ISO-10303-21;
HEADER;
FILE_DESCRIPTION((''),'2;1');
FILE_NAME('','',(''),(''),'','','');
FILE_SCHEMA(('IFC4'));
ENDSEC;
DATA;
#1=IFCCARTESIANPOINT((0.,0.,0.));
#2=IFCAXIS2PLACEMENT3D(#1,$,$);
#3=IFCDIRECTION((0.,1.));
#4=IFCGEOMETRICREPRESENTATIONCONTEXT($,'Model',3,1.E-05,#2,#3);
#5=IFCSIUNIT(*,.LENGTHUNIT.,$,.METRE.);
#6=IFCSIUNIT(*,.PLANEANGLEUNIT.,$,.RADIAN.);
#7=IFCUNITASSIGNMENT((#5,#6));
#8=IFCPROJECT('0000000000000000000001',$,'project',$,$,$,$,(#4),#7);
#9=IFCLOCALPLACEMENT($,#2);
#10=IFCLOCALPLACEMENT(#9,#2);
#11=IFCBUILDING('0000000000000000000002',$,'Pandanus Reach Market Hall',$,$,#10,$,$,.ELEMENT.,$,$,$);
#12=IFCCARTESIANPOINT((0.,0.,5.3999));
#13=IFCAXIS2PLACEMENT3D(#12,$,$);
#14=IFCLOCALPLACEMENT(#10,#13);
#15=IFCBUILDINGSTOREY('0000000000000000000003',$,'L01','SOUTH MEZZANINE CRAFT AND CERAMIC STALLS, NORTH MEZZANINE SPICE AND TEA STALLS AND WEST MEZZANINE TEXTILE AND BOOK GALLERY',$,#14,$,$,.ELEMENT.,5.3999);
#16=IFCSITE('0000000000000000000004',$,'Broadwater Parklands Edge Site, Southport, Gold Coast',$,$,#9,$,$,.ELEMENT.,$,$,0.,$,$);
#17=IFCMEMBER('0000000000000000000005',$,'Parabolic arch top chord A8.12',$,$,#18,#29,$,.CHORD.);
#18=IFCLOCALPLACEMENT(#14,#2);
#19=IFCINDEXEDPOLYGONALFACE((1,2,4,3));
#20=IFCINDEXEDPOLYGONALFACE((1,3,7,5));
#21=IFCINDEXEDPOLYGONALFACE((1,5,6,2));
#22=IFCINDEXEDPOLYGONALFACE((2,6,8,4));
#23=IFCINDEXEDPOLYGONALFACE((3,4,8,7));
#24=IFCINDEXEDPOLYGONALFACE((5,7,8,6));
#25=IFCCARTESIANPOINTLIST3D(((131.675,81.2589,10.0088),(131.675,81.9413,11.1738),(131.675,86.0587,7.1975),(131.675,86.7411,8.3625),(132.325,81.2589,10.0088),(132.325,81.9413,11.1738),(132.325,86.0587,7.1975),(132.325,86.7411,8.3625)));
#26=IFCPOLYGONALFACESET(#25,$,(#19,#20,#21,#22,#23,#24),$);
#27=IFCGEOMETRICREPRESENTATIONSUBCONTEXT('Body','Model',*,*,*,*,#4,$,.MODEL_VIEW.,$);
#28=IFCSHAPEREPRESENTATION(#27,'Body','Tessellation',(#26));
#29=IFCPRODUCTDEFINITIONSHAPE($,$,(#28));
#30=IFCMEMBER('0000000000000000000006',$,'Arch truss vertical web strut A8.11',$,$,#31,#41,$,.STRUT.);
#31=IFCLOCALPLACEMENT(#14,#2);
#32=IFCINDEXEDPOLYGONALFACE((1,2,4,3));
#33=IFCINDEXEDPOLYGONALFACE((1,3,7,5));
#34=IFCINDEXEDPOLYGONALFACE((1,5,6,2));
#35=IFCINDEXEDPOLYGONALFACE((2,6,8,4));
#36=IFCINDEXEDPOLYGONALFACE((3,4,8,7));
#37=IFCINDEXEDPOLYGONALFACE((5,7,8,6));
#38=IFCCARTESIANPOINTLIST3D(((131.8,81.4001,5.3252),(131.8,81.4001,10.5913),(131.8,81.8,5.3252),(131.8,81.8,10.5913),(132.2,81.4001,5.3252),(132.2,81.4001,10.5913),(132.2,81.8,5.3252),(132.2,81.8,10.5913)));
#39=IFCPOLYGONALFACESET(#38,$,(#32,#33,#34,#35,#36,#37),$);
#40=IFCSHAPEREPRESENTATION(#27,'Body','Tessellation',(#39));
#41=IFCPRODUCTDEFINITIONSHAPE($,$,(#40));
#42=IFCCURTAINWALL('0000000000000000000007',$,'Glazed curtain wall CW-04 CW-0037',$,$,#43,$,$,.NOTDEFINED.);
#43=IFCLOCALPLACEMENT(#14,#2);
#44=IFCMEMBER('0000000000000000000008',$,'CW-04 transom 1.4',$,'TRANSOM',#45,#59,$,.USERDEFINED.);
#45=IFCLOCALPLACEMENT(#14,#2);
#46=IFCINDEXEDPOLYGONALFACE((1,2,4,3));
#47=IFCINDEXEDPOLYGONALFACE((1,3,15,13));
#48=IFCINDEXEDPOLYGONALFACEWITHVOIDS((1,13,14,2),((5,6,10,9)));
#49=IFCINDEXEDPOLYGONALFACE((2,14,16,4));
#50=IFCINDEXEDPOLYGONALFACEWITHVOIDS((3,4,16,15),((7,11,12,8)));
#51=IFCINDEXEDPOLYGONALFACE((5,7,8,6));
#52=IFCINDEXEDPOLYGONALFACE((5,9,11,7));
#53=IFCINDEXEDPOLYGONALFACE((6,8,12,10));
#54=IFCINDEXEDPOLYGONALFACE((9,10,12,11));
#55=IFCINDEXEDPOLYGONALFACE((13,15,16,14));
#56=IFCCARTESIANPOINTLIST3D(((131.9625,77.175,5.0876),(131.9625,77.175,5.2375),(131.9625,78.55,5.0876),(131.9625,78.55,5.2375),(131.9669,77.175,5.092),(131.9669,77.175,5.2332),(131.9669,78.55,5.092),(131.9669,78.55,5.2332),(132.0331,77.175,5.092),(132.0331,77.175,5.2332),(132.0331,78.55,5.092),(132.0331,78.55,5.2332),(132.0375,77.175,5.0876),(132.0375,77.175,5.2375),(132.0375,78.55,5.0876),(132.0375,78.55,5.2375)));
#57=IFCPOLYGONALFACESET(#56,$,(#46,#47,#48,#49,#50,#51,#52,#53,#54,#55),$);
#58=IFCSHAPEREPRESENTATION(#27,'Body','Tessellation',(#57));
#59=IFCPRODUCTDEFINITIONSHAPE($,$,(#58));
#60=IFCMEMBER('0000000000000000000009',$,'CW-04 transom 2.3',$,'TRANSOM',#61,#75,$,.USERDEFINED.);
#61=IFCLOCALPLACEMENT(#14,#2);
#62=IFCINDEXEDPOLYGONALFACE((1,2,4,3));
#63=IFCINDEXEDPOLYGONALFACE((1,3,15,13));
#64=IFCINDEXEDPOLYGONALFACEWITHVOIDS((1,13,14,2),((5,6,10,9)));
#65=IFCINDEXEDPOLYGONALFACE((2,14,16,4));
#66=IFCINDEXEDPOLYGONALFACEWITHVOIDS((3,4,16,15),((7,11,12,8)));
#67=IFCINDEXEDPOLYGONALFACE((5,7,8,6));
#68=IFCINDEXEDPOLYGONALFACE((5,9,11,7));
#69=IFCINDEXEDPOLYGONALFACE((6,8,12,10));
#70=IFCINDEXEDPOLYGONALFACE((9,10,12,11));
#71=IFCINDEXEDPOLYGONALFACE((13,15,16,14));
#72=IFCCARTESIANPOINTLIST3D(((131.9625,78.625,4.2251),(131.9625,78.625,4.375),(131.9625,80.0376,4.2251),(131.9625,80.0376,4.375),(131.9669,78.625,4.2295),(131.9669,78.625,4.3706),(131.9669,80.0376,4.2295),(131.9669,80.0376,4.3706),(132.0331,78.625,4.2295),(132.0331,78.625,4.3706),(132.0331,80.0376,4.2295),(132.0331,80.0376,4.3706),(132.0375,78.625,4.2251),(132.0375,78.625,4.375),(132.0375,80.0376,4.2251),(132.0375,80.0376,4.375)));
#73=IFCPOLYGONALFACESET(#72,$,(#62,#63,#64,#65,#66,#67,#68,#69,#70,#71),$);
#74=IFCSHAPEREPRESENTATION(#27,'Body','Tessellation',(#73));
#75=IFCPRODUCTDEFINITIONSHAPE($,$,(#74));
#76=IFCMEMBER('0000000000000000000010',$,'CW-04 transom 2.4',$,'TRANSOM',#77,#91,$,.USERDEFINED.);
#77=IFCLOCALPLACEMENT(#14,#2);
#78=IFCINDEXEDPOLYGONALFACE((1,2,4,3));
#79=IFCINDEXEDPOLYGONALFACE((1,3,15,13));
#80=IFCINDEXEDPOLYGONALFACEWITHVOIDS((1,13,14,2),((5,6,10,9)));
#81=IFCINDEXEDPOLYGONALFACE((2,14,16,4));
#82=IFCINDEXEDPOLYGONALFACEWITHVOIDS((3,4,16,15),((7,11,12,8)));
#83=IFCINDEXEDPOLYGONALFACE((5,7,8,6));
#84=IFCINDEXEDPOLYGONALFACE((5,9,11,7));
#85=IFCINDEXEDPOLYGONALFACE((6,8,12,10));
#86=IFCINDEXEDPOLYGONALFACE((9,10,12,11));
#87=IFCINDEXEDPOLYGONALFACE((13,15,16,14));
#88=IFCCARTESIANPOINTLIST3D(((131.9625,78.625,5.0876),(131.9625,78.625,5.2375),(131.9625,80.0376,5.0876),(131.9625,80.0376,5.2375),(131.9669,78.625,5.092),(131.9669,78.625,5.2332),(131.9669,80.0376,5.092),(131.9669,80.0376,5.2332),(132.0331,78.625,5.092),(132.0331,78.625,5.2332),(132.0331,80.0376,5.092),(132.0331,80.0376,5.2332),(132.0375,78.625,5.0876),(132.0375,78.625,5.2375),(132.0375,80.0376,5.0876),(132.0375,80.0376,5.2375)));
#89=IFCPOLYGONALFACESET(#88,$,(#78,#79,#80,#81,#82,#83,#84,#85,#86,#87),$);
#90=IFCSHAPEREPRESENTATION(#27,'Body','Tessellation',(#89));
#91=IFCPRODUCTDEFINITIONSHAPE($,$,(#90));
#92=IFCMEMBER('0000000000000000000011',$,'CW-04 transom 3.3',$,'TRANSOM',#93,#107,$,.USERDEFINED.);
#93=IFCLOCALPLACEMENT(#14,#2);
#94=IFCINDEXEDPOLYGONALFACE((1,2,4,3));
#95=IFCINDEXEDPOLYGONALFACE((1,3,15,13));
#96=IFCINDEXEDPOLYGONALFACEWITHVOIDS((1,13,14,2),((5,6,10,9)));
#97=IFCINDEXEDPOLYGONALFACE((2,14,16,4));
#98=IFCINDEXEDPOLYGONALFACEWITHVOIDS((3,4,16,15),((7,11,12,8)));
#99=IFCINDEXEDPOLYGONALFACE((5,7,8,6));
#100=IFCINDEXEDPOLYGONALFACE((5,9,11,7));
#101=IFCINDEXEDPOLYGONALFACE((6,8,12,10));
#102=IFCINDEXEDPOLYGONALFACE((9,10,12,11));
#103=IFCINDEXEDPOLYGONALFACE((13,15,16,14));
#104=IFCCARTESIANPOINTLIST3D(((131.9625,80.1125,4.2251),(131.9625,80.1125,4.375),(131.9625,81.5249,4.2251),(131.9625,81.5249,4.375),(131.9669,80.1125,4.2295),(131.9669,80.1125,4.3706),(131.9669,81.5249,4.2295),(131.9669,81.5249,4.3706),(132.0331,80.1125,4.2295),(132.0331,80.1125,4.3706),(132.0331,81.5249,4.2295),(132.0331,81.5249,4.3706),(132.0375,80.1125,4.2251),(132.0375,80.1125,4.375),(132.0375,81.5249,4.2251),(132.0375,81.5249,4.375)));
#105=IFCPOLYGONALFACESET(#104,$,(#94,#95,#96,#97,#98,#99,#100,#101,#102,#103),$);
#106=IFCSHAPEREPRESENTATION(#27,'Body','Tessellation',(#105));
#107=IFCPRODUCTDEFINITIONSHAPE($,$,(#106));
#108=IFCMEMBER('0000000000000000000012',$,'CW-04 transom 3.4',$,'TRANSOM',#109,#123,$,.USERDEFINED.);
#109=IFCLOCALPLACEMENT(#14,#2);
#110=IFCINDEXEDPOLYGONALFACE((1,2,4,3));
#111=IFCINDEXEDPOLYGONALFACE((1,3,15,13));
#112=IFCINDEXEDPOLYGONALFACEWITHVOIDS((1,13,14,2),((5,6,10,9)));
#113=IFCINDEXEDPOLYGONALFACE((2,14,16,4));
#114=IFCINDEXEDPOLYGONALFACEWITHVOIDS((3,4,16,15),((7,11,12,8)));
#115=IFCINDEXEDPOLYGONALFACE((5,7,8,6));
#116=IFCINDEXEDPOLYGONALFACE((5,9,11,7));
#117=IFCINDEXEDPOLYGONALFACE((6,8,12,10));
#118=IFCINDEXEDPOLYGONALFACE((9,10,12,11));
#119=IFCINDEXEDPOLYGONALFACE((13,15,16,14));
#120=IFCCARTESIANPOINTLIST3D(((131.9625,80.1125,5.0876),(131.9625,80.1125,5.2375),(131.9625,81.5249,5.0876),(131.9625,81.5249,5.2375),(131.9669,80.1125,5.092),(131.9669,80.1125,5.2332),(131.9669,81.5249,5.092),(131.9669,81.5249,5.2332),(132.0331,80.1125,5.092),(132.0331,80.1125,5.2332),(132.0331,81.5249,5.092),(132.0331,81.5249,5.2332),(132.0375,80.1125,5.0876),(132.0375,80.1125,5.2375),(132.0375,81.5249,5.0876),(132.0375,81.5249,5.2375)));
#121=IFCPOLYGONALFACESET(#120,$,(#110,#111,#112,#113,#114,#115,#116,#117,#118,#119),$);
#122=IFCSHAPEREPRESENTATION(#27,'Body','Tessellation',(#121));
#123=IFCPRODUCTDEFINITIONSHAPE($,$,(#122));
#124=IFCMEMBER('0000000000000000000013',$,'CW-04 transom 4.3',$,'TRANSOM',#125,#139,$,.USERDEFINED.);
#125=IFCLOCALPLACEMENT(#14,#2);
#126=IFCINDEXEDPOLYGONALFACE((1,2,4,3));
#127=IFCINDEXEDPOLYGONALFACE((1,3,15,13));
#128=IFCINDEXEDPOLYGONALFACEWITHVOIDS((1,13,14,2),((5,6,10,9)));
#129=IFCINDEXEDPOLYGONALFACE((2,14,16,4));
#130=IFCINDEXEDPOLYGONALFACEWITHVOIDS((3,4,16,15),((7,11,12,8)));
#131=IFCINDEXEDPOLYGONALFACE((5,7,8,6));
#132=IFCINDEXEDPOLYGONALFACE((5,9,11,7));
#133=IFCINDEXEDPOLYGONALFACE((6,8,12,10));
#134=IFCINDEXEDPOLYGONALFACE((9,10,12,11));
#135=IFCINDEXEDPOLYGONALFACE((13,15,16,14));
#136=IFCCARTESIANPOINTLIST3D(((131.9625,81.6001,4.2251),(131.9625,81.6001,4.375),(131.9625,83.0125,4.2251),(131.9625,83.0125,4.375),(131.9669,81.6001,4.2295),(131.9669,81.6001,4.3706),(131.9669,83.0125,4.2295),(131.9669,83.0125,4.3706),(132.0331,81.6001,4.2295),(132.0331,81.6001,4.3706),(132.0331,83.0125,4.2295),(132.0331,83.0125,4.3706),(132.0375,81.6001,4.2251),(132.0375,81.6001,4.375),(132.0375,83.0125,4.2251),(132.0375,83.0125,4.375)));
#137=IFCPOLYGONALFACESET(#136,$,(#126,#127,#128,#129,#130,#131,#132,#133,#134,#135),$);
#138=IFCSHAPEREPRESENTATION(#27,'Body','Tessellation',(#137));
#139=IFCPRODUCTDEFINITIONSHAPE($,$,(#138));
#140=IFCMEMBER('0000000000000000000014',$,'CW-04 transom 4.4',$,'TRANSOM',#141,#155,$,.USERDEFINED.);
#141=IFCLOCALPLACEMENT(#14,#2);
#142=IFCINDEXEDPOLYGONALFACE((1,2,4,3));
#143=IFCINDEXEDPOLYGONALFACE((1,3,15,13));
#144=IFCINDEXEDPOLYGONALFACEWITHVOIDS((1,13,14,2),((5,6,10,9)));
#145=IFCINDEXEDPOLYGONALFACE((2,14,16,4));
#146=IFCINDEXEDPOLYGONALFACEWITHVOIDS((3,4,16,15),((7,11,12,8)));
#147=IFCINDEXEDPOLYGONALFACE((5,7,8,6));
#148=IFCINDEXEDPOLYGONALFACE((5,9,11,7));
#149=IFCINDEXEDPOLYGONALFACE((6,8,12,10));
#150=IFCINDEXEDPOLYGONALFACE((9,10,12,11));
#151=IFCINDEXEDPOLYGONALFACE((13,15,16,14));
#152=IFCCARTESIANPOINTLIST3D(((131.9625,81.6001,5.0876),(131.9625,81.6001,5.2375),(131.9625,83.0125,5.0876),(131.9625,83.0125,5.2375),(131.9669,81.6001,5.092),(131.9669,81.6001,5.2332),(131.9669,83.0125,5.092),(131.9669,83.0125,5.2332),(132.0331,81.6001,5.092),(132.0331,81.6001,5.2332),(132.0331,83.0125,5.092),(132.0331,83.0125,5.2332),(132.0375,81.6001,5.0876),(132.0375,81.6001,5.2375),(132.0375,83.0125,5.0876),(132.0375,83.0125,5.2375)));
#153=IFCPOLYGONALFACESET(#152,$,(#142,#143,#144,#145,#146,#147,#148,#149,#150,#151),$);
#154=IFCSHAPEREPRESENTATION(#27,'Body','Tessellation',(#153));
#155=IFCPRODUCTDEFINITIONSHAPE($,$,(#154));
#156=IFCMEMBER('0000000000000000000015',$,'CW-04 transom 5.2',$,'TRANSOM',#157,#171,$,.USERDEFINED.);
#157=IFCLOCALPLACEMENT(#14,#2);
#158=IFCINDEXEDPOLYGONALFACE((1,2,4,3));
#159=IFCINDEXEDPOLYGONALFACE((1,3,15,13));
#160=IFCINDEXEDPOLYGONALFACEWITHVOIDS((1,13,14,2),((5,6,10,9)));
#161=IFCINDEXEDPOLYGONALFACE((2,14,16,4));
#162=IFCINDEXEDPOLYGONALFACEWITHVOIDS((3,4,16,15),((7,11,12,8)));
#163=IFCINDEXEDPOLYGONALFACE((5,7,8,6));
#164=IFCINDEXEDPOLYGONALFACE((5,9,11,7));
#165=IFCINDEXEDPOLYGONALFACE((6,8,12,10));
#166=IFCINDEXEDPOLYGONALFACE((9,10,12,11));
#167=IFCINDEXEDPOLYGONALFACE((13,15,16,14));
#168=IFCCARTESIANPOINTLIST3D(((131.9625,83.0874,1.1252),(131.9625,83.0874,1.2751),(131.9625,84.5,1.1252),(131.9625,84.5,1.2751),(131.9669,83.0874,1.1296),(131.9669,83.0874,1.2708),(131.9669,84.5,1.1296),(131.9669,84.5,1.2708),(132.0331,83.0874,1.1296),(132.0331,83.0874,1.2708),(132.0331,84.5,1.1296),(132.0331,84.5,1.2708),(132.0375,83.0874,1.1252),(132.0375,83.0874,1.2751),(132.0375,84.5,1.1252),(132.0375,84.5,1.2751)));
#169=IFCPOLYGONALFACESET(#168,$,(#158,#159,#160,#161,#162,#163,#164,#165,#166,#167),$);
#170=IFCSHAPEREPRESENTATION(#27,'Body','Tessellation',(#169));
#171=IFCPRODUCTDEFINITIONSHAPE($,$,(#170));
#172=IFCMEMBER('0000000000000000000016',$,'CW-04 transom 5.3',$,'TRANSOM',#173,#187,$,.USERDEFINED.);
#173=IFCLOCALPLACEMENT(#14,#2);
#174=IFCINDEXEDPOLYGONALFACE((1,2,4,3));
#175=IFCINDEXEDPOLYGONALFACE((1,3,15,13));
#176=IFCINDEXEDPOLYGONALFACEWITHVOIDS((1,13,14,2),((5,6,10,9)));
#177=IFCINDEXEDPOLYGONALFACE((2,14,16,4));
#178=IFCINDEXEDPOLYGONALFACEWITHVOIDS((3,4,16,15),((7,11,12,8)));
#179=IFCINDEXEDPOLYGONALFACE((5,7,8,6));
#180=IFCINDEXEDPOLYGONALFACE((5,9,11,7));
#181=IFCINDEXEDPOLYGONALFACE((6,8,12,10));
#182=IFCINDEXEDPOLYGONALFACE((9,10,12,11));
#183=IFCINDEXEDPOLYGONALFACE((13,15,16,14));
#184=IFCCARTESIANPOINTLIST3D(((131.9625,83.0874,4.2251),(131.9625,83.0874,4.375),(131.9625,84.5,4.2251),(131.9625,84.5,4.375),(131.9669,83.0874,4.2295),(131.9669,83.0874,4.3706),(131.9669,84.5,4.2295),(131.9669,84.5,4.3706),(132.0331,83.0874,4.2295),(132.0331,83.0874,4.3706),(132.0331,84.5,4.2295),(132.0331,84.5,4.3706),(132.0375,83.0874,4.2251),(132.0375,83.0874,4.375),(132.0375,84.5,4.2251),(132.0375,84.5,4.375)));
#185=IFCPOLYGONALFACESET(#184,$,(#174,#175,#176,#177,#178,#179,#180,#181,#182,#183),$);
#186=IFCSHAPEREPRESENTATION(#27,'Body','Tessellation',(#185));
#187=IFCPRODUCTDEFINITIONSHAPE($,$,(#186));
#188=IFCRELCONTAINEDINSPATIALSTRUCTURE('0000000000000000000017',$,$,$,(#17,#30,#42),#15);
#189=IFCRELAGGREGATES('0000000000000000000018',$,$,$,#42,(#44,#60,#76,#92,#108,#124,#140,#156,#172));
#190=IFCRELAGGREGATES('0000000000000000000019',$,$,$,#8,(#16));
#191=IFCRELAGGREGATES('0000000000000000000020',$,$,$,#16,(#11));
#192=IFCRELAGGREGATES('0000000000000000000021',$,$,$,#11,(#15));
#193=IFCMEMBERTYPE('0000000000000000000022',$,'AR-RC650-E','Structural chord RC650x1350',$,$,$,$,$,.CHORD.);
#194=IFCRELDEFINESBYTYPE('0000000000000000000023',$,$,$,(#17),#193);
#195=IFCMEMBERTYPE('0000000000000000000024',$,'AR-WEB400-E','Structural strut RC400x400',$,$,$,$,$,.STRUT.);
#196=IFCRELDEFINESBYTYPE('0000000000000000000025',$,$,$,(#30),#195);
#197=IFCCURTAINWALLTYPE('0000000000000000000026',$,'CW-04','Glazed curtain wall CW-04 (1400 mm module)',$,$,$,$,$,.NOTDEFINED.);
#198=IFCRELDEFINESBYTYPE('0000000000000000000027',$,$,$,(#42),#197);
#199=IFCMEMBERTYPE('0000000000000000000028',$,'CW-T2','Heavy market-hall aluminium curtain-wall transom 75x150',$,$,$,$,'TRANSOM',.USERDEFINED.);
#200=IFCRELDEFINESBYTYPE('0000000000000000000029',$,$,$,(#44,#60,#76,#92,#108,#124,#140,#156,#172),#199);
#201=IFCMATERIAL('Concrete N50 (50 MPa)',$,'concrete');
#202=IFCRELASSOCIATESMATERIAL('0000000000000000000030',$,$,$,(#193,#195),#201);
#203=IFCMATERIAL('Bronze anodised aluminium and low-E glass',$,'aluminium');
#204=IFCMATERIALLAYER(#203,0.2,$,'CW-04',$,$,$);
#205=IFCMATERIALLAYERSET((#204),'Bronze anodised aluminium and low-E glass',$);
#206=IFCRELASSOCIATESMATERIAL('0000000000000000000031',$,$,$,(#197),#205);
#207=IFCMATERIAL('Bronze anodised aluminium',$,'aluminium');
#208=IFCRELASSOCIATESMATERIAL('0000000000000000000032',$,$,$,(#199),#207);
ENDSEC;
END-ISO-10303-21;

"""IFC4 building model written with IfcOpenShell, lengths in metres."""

from ifc_helpers import new_model, si_unit, direction, frame, origin, origin_2d, place, context, subcontext, project, spatial, rectangle, hollow_rectangle, extrude, material, layer, layer_set, material_profile, profile_set, type_object, element, aggregate, save


model = new_model("IFC4")

# Units and contexts
model_context = context("Model", 3, precision=1e-05, world=origin(), true_north=direction((0.0, 1.0)))
body_context = subcontext(model_context, "Body", "Model", "MODEL_VIEW")
ifc_project = project(units=[si_unit("LENGTHUNIT", "METRE"), si_unit("PLANEANGLEUNIT", "RADIAN")], contexts=[model_context])

# Site, building, storey
site_placement = place(None, origin())
site = spatial("IfcSite", under=ifc_project, at=site_placement, Name="Broadwater Parklands Edge Site, Southport, Gold Coast", CompositionType="ELEMENT", RefElevation=0.0)
building_placement = place(site_placement, origin())
building = spatial("IfcBuilding", under=site, at=building_placement, Name="Pandanus Reach Market Hall", CompositionType="ELEMENT")
storey_placement = place(building_placement, frame((0.0, 0.0, 5.3999)))
storey = spatial("IfcBuildingStorey", under=building, at=storey_placement, Name="L01", Description="SOUTH MEZZANINE CRAFT AND CERAMIC STALLS, NORTH MEZZANINE SPICE AND TEA STALLS AND WEST MEZZANINE TEXTILE AND BOOK GALLERY", CompositionType="ELEMENT", Elevation=5.3999)

# Members
ifc_material_1 = material(Name="Concrete N50 (50 MPa)", Category="concrete")
ifc_material_profile_1 = material_profile(ifc_material_1, rectangle(XDim=0.6499, YDim=1.3501, at=origin_2d()), Name="RC650x1350", Category="LoadBearing")
ifc_profile_set_1 = profile_set([ifc_material_profile_1], Name="Concrete N50 (50 MPa)")
member_type_1 = type_object("IfcMemberType", Name="AR-RC650-E", Description="Structural chord RC650x1350", PredefinedType="CHORD", material=ifc_profile_set_1)
member_1_placement = place(storey_placement, frame((132.0, 81.6001, 10.5913), z_axis=(0.0, 0.862886, -0.505398), x_axis=(-1.0, 0.0, 0.0)))
element("IfcMember", 1, at=member_1_placement, inside=storey, type_object=member_type_1, Name="Parabolic arch top chord A8.12", PredefinedType="CHORD", context=body_context, shape_type="SweptSolid", body=[
    extrude(rectangle(XDim=0.6499, YDim=1.3501, at=origin_2d()), origin(), (0.0, 0.0, 1.0), 5.5625),
])
ifc_material_profile_2 = material_profile(ifc_material_1, rectangle(XDim=0.3999, YDim=0.3999, at=origin_2d()), Name="RC400x400", Category="LoadBearing")
ifc_profile_set_2 = profile_set([ifc_material_profile_2], Name="Concrete N50 (50 MPa)")
member_type_2 = type_object("IfcMemberType", Name="AR-WEB400-E", Description="Structural strut RC400x400", PredefinedType="STRUT", material=ifc_profile_set_2)
member_2_placement = place(storey_placement, frame((132.0, 81.6001, 5.3252), z_axis=(0.0, 0.0, 1.0), x_axis=(1.0, 0.0, 0.0)))
element("IfcMember", 2, at=member_2_placement, inside=storey, type_object=member_type_2, Name="Arch truss vertical web strut A8.11", PredefinedType="STRUT", context=body_context, shape_type="SweptSolid", body=[
    extrude(rectangle(XDim=0.3999, YDim=0.3999, at=origin_2d()), origin(), (0.0, 0.0, 1.0), 5.2661),
])

# Curtain wall, members
ifc_material_2 = material(Name="Bronze anodised aluminium and low-E glass", Category="aluminium")
ifc_layer_1 = layer(ifc_material_2, 0.2, Name="CW-04")
ifc_layer_set_1 = layer_set([ifc_layer_1], Name="Bronze anodised aluminium and low-E glass")
curtain_wall_type = type_object("IfcCurtainWallType", Name="CW-04", Description="Glazed curtain wall CW-04 (1400 mm module)", PredefinedType="NOTDEFINED", material=ifc_layer_set_1)
curtain_wall_placement = place(storey_placement, origin())
curtain_wall = element("IfcCurtainWall", 3, at=curtain_wall_placement, inside=storey, type_object=curtain_wall_type, Name="Glazed curtain wall CW-04 CW-0037", PredefinedType="NOTDEFINED")
ifc_material_3 = material(Name="Bronze anodised aluminium", Category="aluminium")
ifc_material_profile_3 = material_profile(ifc_material_3, hollow_rectangle(XDim=0.075, YDim=0.1499, WallThickness=0.0044, at=origin_2d()), Name="ALU75x150", Category="LoadBearing")
ifc_profile_set_3 = profile_set([ifc_material_profile_3], Name="Bronze anodised aluminium")
member_type_3 = type_object("IfcMemberType", Name="CW-T2", Description="Heavy market-hall aluminium curtain-wall transom 75x150", ElementType="TRANSOM", PredefinedType="USERDEFINED", material=ifc_profile_set_3)
member_3_placement = place(storey_placement, frame((132.0, 77.175, 5.1626), z_axis=(0.0, 1.0, 0.0), x_axis=(-1.0, 0.0, 0.0)))
member_3 = element("IfcMember", 4, at=member_3_placement, type_object=member_type_3, Name="CW-04 transom 1.4", ObjectType="TRANSOM", PredefinedType="USERDEFINED", context=body_context, shape_type="SweptSolid", body=[
    extrude(hollow_rectangle(XDim=0.075, YDim=0.1499, WallThickness=0.0044, at=origin_2d()), origin(), (0.0, 0.0, 1.0), 1.375),
])
member_4_placement = place(storey_placement, frame((132.0, 78.625, 4.3), z_axis=(0.0, 1.0, 0.0), x_axis=(-1.0, 0.0, 0.0)))
member_4 = element("IfcMember", 5, at=member_4_placement, type_object=member_type_3, Name="CW-04 transom 2.3", ObjectType="TRANSOM", PredefinedType="USERDEFINED", context=body_context, shape_type="SweptSolid", body=[
    extrude(hollow_rectangle(XDim=0.075, YDim=0.1499, WallThickness=0.0044, at=origin_2d()), origin(), (0.0, 0.0, 1.0), 1.4126),
])
member_5_placement = place(storey_placement, frame((132.0, 78.625, 5.1626), z_axis=(0.0, 1.0, 0.0), x_axis=(-1.0, 0.0, 0.0)))
member_5 = element("IfcMember", 6, at=member_5_placement, type_object=member_type_3, Name="CW-04 transom 2.4", ObjectType="TRANSOM", PredefinedType="USERDEFINED", context=body_context, shape_type="SweptSolid", body=[
    extrude(hollow_rectangle(XDim=0.075, YDim=0.1499, WallThickness=0.0044, at=origin_2d()), origin(), (0.0, 0.0, 1.0), 1.4126),
])
member_6_placement = place(storey_placement, frame((132.0, 80.1125, 4.3), z_axis=(0.0, 1.0, 0.0), x_axis=(-1.0, 0.0, 0.0)))
member_6 = element("IfcMember", 7, at=member_6_placement, type_object=member_type_3, Name="CW-04 transom 3.3", ObjectType="TRANSOM", PredefinedType="USERDEFINED", context=body_context, shape_type="SweptSolid", body=[
    extrude(hollow_rectangle(XDim=0.075, YDim=0.1499, WallThickness=0.0044, at=origin_2d()), origin(), (0.0, 0.0, 1.0), 1.4124),
])
member_7_placement = place(storey_placement, frame((132.0, 80.1125, 5.1626), z_axis=(0.0, 1.0, 0.0), x_axis=(-1.0, 0.0, 0.0)))
member_7 = element("IfcMember", 8, at=member_7_placement, type_object=member_type_3, Name="CW-04 transom 3.4", ObjectType="TRANSOM", PredefinedType="USERDEFINED", context=body_context, shape_type="SweptSolid", body=[
    extrude(hollow_rectangle(XDim=0.075, YDim=0.1499, WallThickness=0.0044, at=origin_2d()), origin(), (0.0, 0.0, 1.0), 1.4124),
])
member_8_placement = place(storey_placement, frame((132.0, 81.6001, 4.3), z_axis=(0.0, 1.0, 0.0), x_axis=(-1.0, 0.0, 0.0)))
member_8 = element("IfcMember", 9, at=member_8_placement, type_object=member_type_3, Name="CW-04 transom 4.3", ObjectType="TRANSOM", PredefinedType="USERDEFINED", context=body_context, shape_type="SweptSolid", body=[
    extrude(hollow_rectangle(XDim=0.075, YDim=0.1499, WallThickness=0.0044, at=origin_2d()), origin(), (0.0, 0.0, 1.0), 1.4124),
])
member_9_placement = place(storey_placement, frame((132.0, 81.6001, 5.1626), z_axis=(0.0, 1.0, 0.0), x_axis=(-1.0, 0.0, 0.0)))
member_9 = element("IfcMember", 10, at=member_9_placement, type_object=member_type_3, Name="CW-04 transom 4.4", ObjectType="TRANSOM", PredefinedType="USERDEFINED", context=body_context, shape_type="SweptSolid", body=[
    extrude(hollow_rectangle(XDim=0.075, YDim=0.1499, WallThickness=0.0044, at=origin_2d()), origin(), (0.0, 0.0, 1.0), 1.4124),
])
member_10_placement = place(storey_placement, frame((132.0, 83.0874, 1.2002), z_axis=(0.0, 1.0, 0.0), x_axis=(-1.0, 0.0, 0.0)))
member_10 = element("IfcMember", 11, at=member_10_placement, type_object=member_type_3, Name="CW-04 transom 5.2", ObjectType="TRANSOM", PredefinedType="USERDEFINED", context=body_context, shape_type="SweptSolid", body=[
    extrude(hollow_rectangle(XDim=0.075, YDim=0.1499, WallThickness=0.0044, at=origin_2d()), origin(), (0.0, 0.0, 1.0), 1.4126),
])
member_11_placement = place(storey_placement, frame((132.0, 83.0874, 4.3), z_axis=(0.0, 1.0, 0.0), x_axis=(-1.0, 0.0, 0.0)))
member_11 = element("IfcMember", 12, at=member_11_placement, type_object=member_type_3, Name="CW-04 transom 5.3", ObjectType="TRANSOM", PredefinedType="USERDEFINED", context=body_context, shape_type="SweptSolid", body=[
    extrude(hollow_rectangle(XDim=0.075, YDim=0.1499, WallThickness=0.0044, at=origin_2d()), origin(), (0.0, 0.0, 1.0), 1.4126),
])
aggregate(curtain_wall, [member_3, member_4, member_5, member_6, member_7, member_8, member_9, member_10, member_11])

save(model, "model.ifc")
